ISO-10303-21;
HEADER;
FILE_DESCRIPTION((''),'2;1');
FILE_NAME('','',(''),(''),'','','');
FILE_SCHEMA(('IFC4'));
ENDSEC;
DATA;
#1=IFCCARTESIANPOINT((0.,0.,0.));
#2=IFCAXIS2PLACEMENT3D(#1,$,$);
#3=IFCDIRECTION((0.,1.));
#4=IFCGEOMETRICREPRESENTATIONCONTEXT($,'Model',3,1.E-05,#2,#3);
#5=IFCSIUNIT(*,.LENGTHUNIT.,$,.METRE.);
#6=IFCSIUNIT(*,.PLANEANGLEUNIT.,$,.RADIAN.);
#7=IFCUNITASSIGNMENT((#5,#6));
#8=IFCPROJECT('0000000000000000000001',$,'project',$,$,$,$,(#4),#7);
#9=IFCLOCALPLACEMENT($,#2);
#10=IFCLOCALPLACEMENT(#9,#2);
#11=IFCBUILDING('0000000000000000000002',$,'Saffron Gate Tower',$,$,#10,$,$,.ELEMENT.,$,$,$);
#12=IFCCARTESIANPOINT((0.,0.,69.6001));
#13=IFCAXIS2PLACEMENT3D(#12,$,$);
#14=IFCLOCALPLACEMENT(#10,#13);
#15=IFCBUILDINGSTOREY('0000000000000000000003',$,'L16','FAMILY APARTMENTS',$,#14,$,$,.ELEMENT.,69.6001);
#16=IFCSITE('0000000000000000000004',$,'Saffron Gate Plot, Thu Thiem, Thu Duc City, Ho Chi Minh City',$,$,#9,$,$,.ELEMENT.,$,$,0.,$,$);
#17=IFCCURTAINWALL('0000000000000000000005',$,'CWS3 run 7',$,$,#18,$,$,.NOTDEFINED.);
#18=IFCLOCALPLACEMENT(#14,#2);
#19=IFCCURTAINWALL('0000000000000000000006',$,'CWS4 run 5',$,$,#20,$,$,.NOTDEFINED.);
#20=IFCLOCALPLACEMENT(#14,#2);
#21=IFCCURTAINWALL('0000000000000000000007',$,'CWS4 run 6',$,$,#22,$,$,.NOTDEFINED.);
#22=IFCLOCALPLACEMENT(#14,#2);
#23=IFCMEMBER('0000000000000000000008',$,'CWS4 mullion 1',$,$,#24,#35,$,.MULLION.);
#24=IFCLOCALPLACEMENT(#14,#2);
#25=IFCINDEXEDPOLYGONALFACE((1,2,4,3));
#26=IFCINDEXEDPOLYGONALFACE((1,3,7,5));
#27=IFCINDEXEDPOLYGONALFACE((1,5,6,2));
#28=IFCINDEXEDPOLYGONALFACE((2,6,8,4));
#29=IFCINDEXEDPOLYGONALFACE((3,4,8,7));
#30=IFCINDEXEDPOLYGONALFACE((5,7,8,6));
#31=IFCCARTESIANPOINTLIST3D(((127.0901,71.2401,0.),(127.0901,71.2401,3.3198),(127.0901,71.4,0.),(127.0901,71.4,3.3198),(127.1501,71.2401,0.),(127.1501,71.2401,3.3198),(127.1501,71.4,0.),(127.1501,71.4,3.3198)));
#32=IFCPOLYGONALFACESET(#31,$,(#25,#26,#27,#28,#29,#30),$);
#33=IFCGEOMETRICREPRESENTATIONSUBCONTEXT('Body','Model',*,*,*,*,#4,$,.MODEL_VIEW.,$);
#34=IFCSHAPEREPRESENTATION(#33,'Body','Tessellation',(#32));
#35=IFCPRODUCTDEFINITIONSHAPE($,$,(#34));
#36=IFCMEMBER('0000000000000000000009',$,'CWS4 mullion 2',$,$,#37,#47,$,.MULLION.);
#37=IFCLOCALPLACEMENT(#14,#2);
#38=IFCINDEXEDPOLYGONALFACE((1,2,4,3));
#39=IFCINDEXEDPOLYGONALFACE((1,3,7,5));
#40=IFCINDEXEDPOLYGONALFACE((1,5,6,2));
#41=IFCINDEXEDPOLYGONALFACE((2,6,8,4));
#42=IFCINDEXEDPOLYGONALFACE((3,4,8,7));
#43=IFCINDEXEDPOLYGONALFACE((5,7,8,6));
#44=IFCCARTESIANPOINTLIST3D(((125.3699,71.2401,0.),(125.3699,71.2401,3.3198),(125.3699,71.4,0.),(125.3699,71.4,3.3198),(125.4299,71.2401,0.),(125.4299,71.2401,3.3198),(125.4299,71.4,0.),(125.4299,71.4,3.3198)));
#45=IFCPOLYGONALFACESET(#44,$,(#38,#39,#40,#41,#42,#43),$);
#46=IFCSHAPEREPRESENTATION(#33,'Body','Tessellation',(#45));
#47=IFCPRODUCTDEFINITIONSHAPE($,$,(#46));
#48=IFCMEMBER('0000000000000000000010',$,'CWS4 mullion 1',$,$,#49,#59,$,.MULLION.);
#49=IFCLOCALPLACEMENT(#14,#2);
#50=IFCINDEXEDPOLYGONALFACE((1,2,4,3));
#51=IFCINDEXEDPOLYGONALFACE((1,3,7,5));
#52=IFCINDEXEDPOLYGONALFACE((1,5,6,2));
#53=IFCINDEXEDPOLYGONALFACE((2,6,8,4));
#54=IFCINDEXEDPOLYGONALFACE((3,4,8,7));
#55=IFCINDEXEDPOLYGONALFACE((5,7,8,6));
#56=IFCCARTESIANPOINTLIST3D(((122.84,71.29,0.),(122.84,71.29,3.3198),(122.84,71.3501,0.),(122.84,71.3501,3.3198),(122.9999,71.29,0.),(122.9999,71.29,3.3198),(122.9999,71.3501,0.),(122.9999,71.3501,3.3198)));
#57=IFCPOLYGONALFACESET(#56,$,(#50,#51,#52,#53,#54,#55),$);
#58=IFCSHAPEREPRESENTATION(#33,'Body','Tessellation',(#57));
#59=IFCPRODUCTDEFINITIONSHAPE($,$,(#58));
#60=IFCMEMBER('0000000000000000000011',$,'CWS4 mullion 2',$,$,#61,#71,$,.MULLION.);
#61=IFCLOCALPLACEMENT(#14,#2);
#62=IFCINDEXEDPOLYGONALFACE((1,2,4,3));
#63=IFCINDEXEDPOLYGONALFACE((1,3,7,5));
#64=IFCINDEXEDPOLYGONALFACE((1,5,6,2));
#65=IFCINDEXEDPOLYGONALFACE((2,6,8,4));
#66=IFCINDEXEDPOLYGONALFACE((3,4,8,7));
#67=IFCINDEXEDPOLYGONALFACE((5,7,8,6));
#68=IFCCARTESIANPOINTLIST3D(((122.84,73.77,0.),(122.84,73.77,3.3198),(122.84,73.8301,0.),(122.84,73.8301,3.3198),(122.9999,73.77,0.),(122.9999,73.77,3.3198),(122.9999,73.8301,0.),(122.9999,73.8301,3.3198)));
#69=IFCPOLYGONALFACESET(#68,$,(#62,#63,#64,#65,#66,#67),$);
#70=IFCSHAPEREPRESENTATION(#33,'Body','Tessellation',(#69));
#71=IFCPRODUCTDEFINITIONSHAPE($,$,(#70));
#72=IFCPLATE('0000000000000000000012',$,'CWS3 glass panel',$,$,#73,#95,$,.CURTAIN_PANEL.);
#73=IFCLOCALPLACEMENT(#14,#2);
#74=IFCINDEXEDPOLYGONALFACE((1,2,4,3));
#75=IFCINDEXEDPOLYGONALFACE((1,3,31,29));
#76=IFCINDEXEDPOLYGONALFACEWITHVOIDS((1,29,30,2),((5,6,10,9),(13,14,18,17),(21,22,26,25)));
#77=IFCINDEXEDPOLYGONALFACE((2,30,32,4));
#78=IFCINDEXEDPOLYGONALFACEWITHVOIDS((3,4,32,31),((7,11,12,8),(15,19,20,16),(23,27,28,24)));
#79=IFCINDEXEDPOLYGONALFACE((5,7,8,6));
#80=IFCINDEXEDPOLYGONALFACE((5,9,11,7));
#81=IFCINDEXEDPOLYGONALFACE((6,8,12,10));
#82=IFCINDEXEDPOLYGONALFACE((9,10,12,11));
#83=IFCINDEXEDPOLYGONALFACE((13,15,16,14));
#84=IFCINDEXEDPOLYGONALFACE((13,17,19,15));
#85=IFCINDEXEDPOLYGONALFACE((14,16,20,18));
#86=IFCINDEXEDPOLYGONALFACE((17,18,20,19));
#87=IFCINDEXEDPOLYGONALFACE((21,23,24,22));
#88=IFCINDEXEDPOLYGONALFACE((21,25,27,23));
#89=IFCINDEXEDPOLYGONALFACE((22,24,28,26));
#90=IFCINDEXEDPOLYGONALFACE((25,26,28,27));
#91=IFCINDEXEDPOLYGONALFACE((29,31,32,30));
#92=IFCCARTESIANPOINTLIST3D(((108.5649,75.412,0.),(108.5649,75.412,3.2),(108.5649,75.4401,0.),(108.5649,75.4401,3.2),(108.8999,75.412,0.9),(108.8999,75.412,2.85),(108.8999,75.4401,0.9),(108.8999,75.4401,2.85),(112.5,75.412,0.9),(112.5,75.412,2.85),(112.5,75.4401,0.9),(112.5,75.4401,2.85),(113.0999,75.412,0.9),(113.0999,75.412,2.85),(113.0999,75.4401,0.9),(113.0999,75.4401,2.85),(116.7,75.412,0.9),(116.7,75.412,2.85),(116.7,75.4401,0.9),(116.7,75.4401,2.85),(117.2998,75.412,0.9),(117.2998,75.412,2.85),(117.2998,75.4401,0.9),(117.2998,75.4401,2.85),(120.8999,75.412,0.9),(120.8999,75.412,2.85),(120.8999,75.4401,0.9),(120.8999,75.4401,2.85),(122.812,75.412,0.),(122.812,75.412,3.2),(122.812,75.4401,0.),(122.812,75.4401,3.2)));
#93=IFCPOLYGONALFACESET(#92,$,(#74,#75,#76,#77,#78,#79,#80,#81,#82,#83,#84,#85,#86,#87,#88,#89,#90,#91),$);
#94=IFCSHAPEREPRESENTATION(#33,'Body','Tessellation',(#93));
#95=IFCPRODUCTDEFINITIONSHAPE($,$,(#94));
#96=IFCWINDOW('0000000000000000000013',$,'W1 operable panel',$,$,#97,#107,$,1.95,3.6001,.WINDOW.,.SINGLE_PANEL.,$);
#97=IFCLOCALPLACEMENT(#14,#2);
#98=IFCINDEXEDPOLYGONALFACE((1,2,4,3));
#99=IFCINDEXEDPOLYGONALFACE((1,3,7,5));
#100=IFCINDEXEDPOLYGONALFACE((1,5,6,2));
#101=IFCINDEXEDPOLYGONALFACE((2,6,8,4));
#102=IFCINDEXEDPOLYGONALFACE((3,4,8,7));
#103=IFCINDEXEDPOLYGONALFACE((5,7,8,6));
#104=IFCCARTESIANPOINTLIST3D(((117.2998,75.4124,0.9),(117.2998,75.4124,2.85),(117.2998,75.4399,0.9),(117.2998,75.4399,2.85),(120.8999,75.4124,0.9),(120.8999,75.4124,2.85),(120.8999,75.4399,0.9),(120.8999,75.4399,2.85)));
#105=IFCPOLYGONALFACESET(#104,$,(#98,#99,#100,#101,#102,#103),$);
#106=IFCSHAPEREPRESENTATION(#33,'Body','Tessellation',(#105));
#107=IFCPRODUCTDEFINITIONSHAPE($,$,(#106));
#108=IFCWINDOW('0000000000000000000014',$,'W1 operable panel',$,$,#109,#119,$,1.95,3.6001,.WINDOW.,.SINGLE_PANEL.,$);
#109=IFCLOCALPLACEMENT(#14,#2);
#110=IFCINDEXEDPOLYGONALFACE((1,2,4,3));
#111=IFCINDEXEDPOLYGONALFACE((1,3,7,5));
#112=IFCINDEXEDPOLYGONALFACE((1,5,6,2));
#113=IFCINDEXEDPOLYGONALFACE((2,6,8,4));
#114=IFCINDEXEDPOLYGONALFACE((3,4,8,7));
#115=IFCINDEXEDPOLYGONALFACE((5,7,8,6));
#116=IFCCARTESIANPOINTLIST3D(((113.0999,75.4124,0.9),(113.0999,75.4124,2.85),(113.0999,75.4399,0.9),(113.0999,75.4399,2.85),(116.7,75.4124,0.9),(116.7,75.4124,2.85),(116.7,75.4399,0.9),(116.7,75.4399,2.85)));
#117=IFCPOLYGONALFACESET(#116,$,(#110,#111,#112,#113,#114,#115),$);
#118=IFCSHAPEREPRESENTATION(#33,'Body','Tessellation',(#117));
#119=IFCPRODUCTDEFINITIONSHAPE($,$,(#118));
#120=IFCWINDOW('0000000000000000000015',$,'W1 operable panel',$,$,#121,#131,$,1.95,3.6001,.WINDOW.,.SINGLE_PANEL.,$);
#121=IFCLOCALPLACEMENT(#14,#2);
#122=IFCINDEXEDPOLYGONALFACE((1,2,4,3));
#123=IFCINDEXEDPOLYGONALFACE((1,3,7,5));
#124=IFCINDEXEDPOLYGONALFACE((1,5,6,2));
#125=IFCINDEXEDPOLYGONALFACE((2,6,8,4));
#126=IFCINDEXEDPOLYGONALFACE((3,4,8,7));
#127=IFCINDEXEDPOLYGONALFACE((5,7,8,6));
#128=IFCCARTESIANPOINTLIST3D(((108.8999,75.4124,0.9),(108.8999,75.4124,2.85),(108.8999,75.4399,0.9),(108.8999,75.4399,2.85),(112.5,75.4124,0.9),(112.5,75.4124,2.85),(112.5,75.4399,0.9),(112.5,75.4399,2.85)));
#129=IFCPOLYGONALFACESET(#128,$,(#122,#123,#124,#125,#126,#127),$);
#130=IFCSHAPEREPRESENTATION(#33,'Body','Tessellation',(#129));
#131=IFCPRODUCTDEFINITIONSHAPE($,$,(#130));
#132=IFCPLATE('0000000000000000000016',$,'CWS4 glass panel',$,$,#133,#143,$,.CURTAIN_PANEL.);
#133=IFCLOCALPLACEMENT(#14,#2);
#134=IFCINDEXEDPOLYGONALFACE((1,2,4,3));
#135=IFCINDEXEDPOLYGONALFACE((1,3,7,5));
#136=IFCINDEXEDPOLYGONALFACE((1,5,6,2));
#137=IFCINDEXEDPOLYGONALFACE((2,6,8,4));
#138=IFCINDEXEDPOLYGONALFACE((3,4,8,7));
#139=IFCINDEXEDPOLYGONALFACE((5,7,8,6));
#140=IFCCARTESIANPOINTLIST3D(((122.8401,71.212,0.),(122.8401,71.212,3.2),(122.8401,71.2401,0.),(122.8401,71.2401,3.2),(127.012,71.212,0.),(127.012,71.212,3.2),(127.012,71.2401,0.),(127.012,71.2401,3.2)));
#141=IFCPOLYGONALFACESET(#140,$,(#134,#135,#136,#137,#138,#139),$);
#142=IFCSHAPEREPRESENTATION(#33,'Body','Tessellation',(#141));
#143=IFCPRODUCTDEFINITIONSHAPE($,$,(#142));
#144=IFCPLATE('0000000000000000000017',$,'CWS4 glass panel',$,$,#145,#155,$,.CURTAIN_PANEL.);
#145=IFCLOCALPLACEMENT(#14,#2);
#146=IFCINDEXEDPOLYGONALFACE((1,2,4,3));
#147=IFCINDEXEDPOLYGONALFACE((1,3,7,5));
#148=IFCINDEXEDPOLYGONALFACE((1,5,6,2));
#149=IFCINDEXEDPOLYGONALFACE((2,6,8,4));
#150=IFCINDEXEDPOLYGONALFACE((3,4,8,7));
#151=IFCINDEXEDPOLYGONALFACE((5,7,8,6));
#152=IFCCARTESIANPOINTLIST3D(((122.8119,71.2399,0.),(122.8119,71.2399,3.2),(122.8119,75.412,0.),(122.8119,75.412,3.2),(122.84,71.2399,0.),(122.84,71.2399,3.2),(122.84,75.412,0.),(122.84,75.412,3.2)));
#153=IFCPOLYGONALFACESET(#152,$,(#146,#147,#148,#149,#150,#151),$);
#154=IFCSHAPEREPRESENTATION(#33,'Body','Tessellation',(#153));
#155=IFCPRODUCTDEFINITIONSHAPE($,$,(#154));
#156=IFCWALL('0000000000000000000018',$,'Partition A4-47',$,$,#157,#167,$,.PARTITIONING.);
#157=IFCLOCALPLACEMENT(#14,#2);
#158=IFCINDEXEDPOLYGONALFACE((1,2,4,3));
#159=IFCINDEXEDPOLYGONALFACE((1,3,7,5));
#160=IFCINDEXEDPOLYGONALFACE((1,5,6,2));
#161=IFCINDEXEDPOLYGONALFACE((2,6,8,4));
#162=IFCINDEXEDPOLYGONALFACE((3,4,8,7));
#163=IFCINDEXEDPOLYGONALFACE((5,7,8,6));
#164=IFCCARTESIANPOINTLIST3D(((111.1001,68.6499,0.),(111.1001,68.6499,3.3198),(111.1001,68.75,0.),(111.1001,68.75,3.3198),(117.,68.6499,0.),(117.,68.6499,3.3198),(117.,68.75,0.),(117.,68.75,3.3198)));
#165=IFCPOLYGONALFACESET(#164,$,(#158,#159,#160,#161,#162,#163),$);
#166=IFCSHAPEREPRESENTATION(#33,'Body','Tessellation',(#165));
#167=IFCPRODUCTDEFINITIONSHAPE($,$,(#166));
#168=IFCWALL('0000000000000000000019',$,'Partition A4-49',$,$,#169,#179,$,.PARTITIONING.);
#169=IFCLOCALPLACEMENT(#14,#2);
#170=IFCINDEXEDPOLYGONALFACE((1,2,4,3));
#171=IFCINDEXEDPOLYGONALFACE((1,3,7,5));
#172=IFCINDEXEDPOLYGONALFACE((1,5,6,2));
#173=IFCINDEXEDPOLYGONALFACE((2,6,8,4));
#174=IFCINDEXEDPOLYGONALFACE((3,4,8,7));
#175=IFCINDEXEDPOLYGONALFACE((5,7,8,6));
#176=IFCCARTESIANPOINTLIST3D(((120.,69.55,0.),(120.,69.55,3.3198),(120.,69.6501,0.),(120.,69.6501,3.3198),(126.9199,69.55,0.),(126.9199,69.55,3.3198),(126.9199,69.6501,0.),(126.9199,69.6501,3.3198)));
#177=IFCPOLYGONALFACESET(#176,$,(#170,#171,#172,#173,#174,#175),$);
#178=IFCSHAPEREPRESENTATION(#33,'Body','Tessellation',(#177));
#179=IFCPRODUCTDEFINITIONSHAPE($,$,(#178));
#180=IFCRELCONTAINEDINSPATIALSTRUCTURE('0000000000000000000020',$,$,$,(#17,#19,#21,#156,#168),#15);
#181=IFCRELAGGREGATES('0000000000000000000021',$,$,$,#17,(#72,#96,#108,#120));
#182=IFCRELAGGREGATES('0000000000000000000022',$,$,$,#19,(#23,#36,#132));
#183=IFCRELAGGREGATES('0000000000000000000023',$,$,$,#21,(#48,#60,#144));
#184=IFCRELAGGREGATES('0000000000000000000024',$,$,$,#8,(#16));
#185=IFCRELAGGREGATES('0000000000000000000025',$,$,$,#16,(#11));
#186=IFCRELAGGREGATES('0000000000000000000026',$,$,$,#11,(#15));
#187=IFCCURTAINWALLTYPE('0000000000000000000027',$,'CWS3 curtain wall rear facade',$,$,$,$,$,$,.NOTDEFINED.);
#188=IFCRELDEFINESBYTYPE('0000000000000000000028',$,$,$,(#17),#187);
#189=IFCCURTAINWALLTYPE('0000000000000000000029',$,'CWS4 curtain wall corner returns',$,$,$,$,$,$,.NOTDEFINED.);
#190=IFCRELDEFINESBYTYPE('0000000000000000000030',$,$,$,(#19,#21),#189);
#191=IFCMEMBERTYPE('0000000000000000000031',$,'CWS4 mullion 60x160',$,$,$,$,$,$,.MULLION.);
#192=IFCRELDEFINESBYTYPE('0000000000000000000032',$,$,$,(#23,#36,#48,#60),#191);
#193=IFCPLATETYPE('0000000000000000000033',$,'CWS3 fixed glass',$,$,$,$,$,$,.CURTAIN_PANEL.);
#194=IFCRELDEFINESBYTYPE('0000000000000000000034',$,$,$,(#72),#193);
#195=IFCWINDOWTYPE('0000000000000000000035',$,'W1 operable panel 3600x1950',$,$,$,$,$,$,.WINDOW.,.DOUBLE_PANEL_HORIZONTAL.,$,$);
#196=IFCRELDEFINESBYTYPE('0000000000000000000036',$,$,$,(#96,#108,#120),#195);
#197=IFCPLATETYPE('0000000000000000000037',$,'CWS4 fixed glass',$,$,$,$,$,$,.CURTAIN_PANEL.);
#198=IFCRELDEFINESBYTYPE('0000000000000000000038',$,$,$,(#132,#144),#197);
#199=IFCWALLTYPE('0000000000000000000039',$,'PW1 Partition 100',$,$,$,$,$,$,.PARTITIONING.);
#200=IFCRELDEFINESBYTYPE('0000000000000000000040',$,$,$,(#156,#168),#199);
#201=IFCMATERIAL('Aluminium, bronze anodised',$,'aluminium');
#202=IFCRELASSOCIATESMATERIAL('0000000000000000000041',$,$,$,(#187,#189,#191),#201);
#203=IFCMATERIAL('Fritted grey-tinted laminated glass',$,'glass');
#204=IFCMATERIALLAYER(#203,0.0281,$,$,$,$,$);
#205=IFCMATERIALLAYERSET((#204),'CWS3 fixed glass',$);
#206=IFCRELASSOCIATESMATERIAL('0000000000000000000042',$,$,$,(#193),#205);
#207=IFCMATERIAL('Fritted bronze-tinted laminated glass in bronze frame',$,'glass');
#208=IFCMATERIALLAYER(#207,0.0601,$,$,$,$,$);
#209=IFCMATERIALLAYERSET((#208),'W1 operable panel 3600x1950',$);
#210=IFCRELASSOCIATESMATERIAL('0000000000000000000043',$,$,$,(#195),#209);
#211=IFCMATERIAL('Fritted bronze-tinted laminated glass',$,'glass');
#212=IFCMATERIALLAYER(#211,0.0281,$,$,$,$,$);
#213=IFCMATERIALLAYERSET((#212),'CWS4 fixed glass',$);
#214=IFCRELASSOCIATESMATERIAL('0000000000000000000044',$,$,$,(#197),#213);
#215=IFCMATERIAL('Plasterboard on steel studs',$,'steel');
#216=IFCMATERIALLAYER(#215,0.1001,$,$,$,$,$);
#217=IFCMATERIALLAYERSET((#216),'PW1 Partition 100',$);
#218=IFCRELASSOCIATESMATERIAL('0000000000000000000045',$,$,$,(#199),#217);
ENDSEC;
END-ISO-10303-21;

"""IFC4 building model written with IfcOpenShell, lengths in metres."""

from ifc_helpers import new_model, si_unit, direction, frame, frame_2d, origin, origin_2d, place, context, subcontext, project, spatial, rectangle, extrude, material, layer, layer_set, material_profile, profile_set, type_object, element, fill, aggregate, save


model = new_model("IFC4")

# Units and contexts
model_context = context("Model", 3, precision=1e-05, world=origin(), true_north=direction((0.0, 1.0)))
body_context = subcontext(model_context, "Body", "Model", "MODEL_VIEW")
ifc_project = project(units=[si_unit("LENGTHUNIT", "METRE"), si_unit("PLANEANGLEUNIT", "RADIAN")], contexts=[model_context])

# Site, building, storey
site_placement = place(None, origin())
site = spatial("IfcSite", under=ifc_project, at=site_placement, Name="Saffron Gate Plot, Thu Thiem, Thu Duc City, Ho Chi Minh City", CompositionType="ELEMENT", RefElevation=0.0)
building_placement = place(site_placement, origin())
building = spatial("IfcBuilding", under=site, at=building_placement, Name="Saffron Gate Tower", CompositionType="ELEMENT")
storey_placement = place(building_placement, frame((0.0, 0.0, 69.6001)))
storey = spatial("IfcBuildingStorey", under=building, at=storey_placement, Name="L16", Description="FAMILY APARTMENTS", CompositionType="ELEMENT", Elevation=69.6001)

# Shared definitions
ifc_material_1 = material(Name="Aluminium, bronze anodised", Category="aluminium")

# Curtain wall
curtain_wall_type_1 = type_object("IfcCurtainWallType", Name="CWS3 curtain wall rear facade", PredefinedType="NOTDEFINED", material=ifc_material_1)
curtain_wall_1_placement = place(storey_placement, origin())
curtain_wall_1 = element("IfcCurtainWall", 1, at=curtain_wall_1_placement, inside=storey, type_object=curtain_wall_type_1, Name="CWS3 run 7", PredefinedType="NOTDEFINED")

# Curtain walls
curtain_wall_type_2 = type_object("IfcCurtainWallType", Name="CWS4 curtain wall corner returns", PredefinedType="NOTDEFINED", material=ifc_material_1)
curtain_wall_2_placement = place(storey_placement, origin())
curtain_wall_2 = element("IfcCurtainWall", 2, at=curtain_wall_2_placement, inside=storey, type_object=curtain_wall_type_2, Name="CWS4 run 5", PredefinedType="NOTDEFINED")
curtain_wall_3_placement = place(storey_placement, origin())
curtain_wall_3 = element("IfcCurtainWall", 3, at=curtain_wall_3_placement, inside=storey, type_object=curtain_wall_type_2, Name="CWS4 run 6", PredefinedType="NOTDEFINED")

# Members
ifc_material_profile_1 = material_profile(ifc_material_1, rectangle(XDim=0.1599, YDim=0.0601, at=origin_2d()))
ifc_profile_set_1 = profile_set([ifc_material_profile_1], Name="Aluminium, bronze anodised")
member_type_1 = type_object("IfcMemberType", Name="CWS4 mullion 60x160", PredefinedType="MULLION", material=ifc_profile_set_1)
member_1_placement = place(storey_placement, frame((127.1201, 71.3201, 0.0), z_axis=(0.0, 0.0, 1.0), x_axis=(0.0, -1.0, 0.0)))
member_1 = element("IfcMember", 4, at=member_1_placement, type_object=member_type_1, Name="CWS4 mullion 1", PredefinedType="MULLION", context=body_context, shape_type="SweptSolid", body=[
    extrude(rectangle(XDim=0.1599, YDim=0.0601, at=origin_2d()), origin(), (0.0, 0.0, 1.0), 3.3198),
])
member_2_placement = place(storey_placement, frame((125.3999, 71.3201, 0.0), z_axis=(0.0, 0.0, 1.0), x_axis=(0.0, -1.0, 0.0)))
member_2 = element("IfcMember", 5, at=member_2_placement, type_object=member_type_1, Name="CWS4 mullion 2", PredefinedType="MULLION", context=body_context, shape_type="SweptSolid", body=[
    extrude(rectangle(XDim=0.1599, YDim=0.0601, at=origin_2d()), origin(), (0.0, 0.0, 1.0), 3.3198),
])
member_3_placement = place(storey_placement, frame((122.9199, 71.3201, 0.0), z_axis=(0.0, 0.0, 1.0), x_axis=(-1.0, 0.0, 0.0)))
member_3 = element("IfcMember", 6, at=member_3_placement, type_object=member_type_1, Name="CWS4 mullion 1", PredefinedType="MULLION", context=body_context, shape_type="SweptSolid", body=[
    extrude(rectangle(XDim=0.1599, YDim=0.0601, at=origin_2d()), origin(), (0.0, 0.0, 1.0), 3.3198),
])
member_4_placement = place(storey_placement, frame((122.9199, 73.8, 0.0), z_axis=(0.0, 0.0, 1.0), x_axis=(-1.0, 0.0, 0.0)))
member_4 = element("IfcMember", 7, at=member_4_placement, type_object=member_type_1, Name="CWS4 mullion 2", PredefinedType="MULLION", context=body_context, shape_type="SweptSolid", body=[
    extrude(rectangle(XDim=0.1599, YDim=0.0601, at=origin_2d()), origin(), (0.0, 0.0, 1.0), 3.3198),
])

# Plate, openings, windows
ifc_material_2 = material(Name="Fritted grey-tinted laminated glass", Category="glass")
ifc_layer_1 = layer(ifc_material_2, 0.0281)
ifc_layer_set_1 = layer_set([ifc_layer_1], Name="CWS3 fixed glass")
plate_type_1 = type_object("IfcPlateType", Name="CWS3 fixed glass", PredefinedType="CURTAIN_PANEL", material=ifc_layer_set_1)
plate_1_placement = place(storey_placement, frame((122.812, 75.426, 0.0), z_axis=(0.0, 0.0, 1.0), x_axis=(-1.0, 0.0, 0.0)))
plate_1 = element("IfcPlate", 8, at=plate_1_placement, type_object=plate_type_1, Name="CWS3 glass panel", PredefinedType="CURTAIN_PANEL", context=body_context, shape_type="SweptSolid", body=[
    extrude(rectangle(XDim=14.2471, YDim=0.0281, at=frame_2d((7.1235, 0.0))), origin(), (0.0, 0.0, 1.0), 3.2),
])
opening_1_placement = place(plate_1_placement, frame((1.9121, 0.0, 0.8999)))
opening_1 = element("IfcOpeningElement", 9, at=opening_1_placement, cuts=plate_1, PredefinedType="OPENING", context=body_context, shape_type="SweptSolid", body=[
    extrude(rectangle(XDim=3.6001, YDim=1.95, at=frame_2d((1.8, 0.9751))), frame((0.0, 0.0239, 0.0), z_axis=(0.0, -1.0, 0.0), x_axis=(1.0, 0.0, 0.0)), (0.0, 0.0, 1.0), 0.0481),
])
opening_2_placement = place(plate_1_placement, frame((6.1121, 0.0, 0.8999)))
opening_2 = element("IfcOpeningElement", 10, at=opening_2_placement, cuts=plate_1, PredefinedType="OPENING", context=body_context, shape_type="SweptSolid", body=[
    extrude(rectangle(XDim=3.6001, YDim=1.95, at=frame_2d((1.8, 0.9751))), frame((0.0, 0.0239, 0.0), z_axis=(0.0, -1.0, 0.0), x_axis=(1.0, 0.0, 0.0)), (0.0, 0.0, 1.0), 0.0481),
])
opening_3_placement = place(plate_1_placement, frame((10.312, 0.0, 0.8999)))
opening_3 = element("IfcOpeningElement", 11, at=opening_3_placement, cuts=plate_1, PredefinedType="OPENING", context=body_context, shape_type="SweptSolid", body=[
    extrude(rectangle(XDim=3.6001, YDim=1.95, at=frame_2d((1.8, 0.9751))), frame((0.0, 0.0239, 0.0), z_axis=(0.0, -1.0, 0.0), x_axis=(1.0, 0.0, 0.0)), (0.0, 0.0, 1.0), 0.0481),
])
ifc_material_3 = material(Name="Fritted bronze-tinted laminated glass in bronze frame", Category="glass")
ifc_layer_2 = layer(ifc_material_3, 0.0601)
ifc_layer_set_2 = layer_set([ifc_layer_2], Name="W1 operable panel 3600x1950")
window_type = type_object("IfcWindowType", Name="W1 operable panel 3600x1950", PartitioningType="DOUBLE_PANEL_HORIZONTAL", PredefinedType="WINDOW", material=ifc_layer_set_2)
window_1_placement = place(opening_1_placement, origin())
window_1 = element("IfcWindow", 12, at=window_1_placement, type_object=window_type, Name="W1 operable panel", OverallHeight=1.95, OverallWidth=3.6001, PartitioningType="SINGLE_PANEL", PredefinedType="WINDOW", context=body_context, shape_type="SweptSolid", body=[
    extrude(rectangle(XDim=3.6001, YDim=1.95, at=frame_2d((1.8, 0.9751))), frame((0.0, 0.0137, 0.0), z_axis=(0.0, -1.0, 0.0), x_axis=(1.0, 0.0, 0.0)), (0.0, 0.0, 1.0), 0.0276),
])
fill(opening_1, window_1)
window_2_placement = place(opening_2_placement, origin())
window_2 = element("IfcWindow", 13, at=window_2_placement, type_object=window_type, Name="W1 operable panel", OverallHeight=1.95, OverallWidth=3.6001, PartitioningType="SINGLE_PANEL", PredefinedType="WINDOW", context=body_context, shape_type="SweptSolid", body=[
    extrude(rectangle(XDim=3.6001, YDim=1.95, at=frame_2d((1.8, 0.9751))), frame((0.0, 0.0137, 0.0), z_axis=(0.0, -1.0, 0.0), x_axis=(1.0, 0.0, 0.0)), (0.0, 0.0, 1.0), 0.0276),
])
fill(opening_2, window_2)
window_3_placement = place(opening_3_placement, origin())
window_3 = element("IfcWindow", 14, at=window_3_placement, type_object=window_type, Name="W1 operable panel", OverallHeight=1.95, OverallWidth=3.6001, PartitioningType="SINGLE_PANEL", PredefinedType="WINDOW", context=body_context, shape_type="SweptSolid", body=[
    extrude(rectangle(XDim=3.6001, YDim=1.95, at=frame_2d((1.8, 0.9751))), frame((0.0, 0.0137, 0.0), z_axis=(0.0, -1.0, 0.0), x_axis=(1.0, 0.0, 0.0)), (0.0, 0.0, 1.0), 0.0276),
])
fill(opening_3, window_3)
aggregate(curtain_wall_1, [plate_1, window_1, window_2, window_3])

# Plates
ifc_material_4 = material(Name="Fritted bronze-tinted laminated glass", Category="glass")
ifc_layer_3 = layer(ifc_material_4, 0.0281)
ifc_layer_set_3 = layer_set([ifc_layer_3], Name="CWS4 fixed glass")
plate_type_2 = type_object("IfcPlateType", Name="CWS4 fixed glass", PredefinedType="CURTAIN_PANEL", material=ifc_layer_set_3)
plate_2_placement = place(storey_placement, frame((127.012, 71.2261, 0.0), z_axis=(0.0, 0.0, 1.0), x_axis=(-1.0, 0.0, 0.0)))
plate_2 = element("IfcPlate", 15, at=plate_2_placement, type_object=plate_type_2, Name="CWS4 glass panel", PredefinedType="CURTAIN_PANEL", context=body_context, shape_type="SweptSolid", body=[
    extrude(rectangle(XDim=4.1719, YDim=0.0281, at=frame_2d((2.0859, 0.0))), origin(), (0.0, 0.0, 1.0), 3.2),
])
aggregate(curtain_wall_2, [member_1, member_2, plate_2])
plate_3_placement = place(storey_placement, frame((122.8259, 71.24, 0.0), z_axis=(0.0, 0.0, 1.0), x_axis=(0.0, 1.0, 0.0)))
plate_3 = element("IfcPlate", 16, at=plate_3_placement, type_object=plate_type_2, Name="CWS4 glass panel", PredefinedType="CURTAIN_PANEL", context=body_context, shape_type="SweptSolid", body=[
    extrude(rectangle(XDim=4.1721, YDim=0.0281, at=frame_2d((2.0859, 0.0))), origin(), (0.0, 0.0, 1.0), 3.2),
])
aggregate(curtain_wall_3, [member_3, member_4, plate_3])

# Walls
ifc_material_5 = material(Name="Plasterboard on steel studs", Category="steel")
ifc_layer_4 = layer(ifc_material_5, 0.1001)
ifc_layer_set_4 = layer_set([ifc_layer_4], Name="PW1 Partition 100")
wall_type_1 = type_object("IfcWallType", Name="PW1 Partition 100", PredefinedType="PARTITIONING", material=ifc_layer_set_4)
wall_1_placement = place(storey_placement, frame((111.1001, 68.7, 0.0), z_axis=(0.0, 0.0, 1.0), x_axis=(1.0, 0.0, 0.0)))
element("IfcWall", 17, at=wall_1_placement, inside=storey, type_object=wall_type_1, Name="Partition A4-47", PredefinedType="PARTITIONING", context=body_context, shape_type="SweptSolid", body=[
    extrude(rectangle(XDim=5.8999, YDim=0.1001, at=frame_2d((2.95, 0.0))), origin(), (0.0, 0.0, 1.0), 3.3198),
])
wall_2_placement = place(storey_placement, frame((120.0, 69.6001, 0.0), z_axis=(0.0, 0.0, 1.0), x_axis=(1.0, 0.0, 0.0)))
element("IfcWall", 18, at=wall_2_placement, inside=storey, type_object=wall_type_1, Name="Partition A4-49", PredefinedType="PARTITIONING", context=body_context, shape_type="SweptSolid", body=[
    extrude(rectangle(XDim=6.9199, YDim=0.1001, at=frame_2d((3.46, 0.0))), origin(), (0.0, 0.0, 1.0), 3.3198),
])

save(model, "model.ifc")
